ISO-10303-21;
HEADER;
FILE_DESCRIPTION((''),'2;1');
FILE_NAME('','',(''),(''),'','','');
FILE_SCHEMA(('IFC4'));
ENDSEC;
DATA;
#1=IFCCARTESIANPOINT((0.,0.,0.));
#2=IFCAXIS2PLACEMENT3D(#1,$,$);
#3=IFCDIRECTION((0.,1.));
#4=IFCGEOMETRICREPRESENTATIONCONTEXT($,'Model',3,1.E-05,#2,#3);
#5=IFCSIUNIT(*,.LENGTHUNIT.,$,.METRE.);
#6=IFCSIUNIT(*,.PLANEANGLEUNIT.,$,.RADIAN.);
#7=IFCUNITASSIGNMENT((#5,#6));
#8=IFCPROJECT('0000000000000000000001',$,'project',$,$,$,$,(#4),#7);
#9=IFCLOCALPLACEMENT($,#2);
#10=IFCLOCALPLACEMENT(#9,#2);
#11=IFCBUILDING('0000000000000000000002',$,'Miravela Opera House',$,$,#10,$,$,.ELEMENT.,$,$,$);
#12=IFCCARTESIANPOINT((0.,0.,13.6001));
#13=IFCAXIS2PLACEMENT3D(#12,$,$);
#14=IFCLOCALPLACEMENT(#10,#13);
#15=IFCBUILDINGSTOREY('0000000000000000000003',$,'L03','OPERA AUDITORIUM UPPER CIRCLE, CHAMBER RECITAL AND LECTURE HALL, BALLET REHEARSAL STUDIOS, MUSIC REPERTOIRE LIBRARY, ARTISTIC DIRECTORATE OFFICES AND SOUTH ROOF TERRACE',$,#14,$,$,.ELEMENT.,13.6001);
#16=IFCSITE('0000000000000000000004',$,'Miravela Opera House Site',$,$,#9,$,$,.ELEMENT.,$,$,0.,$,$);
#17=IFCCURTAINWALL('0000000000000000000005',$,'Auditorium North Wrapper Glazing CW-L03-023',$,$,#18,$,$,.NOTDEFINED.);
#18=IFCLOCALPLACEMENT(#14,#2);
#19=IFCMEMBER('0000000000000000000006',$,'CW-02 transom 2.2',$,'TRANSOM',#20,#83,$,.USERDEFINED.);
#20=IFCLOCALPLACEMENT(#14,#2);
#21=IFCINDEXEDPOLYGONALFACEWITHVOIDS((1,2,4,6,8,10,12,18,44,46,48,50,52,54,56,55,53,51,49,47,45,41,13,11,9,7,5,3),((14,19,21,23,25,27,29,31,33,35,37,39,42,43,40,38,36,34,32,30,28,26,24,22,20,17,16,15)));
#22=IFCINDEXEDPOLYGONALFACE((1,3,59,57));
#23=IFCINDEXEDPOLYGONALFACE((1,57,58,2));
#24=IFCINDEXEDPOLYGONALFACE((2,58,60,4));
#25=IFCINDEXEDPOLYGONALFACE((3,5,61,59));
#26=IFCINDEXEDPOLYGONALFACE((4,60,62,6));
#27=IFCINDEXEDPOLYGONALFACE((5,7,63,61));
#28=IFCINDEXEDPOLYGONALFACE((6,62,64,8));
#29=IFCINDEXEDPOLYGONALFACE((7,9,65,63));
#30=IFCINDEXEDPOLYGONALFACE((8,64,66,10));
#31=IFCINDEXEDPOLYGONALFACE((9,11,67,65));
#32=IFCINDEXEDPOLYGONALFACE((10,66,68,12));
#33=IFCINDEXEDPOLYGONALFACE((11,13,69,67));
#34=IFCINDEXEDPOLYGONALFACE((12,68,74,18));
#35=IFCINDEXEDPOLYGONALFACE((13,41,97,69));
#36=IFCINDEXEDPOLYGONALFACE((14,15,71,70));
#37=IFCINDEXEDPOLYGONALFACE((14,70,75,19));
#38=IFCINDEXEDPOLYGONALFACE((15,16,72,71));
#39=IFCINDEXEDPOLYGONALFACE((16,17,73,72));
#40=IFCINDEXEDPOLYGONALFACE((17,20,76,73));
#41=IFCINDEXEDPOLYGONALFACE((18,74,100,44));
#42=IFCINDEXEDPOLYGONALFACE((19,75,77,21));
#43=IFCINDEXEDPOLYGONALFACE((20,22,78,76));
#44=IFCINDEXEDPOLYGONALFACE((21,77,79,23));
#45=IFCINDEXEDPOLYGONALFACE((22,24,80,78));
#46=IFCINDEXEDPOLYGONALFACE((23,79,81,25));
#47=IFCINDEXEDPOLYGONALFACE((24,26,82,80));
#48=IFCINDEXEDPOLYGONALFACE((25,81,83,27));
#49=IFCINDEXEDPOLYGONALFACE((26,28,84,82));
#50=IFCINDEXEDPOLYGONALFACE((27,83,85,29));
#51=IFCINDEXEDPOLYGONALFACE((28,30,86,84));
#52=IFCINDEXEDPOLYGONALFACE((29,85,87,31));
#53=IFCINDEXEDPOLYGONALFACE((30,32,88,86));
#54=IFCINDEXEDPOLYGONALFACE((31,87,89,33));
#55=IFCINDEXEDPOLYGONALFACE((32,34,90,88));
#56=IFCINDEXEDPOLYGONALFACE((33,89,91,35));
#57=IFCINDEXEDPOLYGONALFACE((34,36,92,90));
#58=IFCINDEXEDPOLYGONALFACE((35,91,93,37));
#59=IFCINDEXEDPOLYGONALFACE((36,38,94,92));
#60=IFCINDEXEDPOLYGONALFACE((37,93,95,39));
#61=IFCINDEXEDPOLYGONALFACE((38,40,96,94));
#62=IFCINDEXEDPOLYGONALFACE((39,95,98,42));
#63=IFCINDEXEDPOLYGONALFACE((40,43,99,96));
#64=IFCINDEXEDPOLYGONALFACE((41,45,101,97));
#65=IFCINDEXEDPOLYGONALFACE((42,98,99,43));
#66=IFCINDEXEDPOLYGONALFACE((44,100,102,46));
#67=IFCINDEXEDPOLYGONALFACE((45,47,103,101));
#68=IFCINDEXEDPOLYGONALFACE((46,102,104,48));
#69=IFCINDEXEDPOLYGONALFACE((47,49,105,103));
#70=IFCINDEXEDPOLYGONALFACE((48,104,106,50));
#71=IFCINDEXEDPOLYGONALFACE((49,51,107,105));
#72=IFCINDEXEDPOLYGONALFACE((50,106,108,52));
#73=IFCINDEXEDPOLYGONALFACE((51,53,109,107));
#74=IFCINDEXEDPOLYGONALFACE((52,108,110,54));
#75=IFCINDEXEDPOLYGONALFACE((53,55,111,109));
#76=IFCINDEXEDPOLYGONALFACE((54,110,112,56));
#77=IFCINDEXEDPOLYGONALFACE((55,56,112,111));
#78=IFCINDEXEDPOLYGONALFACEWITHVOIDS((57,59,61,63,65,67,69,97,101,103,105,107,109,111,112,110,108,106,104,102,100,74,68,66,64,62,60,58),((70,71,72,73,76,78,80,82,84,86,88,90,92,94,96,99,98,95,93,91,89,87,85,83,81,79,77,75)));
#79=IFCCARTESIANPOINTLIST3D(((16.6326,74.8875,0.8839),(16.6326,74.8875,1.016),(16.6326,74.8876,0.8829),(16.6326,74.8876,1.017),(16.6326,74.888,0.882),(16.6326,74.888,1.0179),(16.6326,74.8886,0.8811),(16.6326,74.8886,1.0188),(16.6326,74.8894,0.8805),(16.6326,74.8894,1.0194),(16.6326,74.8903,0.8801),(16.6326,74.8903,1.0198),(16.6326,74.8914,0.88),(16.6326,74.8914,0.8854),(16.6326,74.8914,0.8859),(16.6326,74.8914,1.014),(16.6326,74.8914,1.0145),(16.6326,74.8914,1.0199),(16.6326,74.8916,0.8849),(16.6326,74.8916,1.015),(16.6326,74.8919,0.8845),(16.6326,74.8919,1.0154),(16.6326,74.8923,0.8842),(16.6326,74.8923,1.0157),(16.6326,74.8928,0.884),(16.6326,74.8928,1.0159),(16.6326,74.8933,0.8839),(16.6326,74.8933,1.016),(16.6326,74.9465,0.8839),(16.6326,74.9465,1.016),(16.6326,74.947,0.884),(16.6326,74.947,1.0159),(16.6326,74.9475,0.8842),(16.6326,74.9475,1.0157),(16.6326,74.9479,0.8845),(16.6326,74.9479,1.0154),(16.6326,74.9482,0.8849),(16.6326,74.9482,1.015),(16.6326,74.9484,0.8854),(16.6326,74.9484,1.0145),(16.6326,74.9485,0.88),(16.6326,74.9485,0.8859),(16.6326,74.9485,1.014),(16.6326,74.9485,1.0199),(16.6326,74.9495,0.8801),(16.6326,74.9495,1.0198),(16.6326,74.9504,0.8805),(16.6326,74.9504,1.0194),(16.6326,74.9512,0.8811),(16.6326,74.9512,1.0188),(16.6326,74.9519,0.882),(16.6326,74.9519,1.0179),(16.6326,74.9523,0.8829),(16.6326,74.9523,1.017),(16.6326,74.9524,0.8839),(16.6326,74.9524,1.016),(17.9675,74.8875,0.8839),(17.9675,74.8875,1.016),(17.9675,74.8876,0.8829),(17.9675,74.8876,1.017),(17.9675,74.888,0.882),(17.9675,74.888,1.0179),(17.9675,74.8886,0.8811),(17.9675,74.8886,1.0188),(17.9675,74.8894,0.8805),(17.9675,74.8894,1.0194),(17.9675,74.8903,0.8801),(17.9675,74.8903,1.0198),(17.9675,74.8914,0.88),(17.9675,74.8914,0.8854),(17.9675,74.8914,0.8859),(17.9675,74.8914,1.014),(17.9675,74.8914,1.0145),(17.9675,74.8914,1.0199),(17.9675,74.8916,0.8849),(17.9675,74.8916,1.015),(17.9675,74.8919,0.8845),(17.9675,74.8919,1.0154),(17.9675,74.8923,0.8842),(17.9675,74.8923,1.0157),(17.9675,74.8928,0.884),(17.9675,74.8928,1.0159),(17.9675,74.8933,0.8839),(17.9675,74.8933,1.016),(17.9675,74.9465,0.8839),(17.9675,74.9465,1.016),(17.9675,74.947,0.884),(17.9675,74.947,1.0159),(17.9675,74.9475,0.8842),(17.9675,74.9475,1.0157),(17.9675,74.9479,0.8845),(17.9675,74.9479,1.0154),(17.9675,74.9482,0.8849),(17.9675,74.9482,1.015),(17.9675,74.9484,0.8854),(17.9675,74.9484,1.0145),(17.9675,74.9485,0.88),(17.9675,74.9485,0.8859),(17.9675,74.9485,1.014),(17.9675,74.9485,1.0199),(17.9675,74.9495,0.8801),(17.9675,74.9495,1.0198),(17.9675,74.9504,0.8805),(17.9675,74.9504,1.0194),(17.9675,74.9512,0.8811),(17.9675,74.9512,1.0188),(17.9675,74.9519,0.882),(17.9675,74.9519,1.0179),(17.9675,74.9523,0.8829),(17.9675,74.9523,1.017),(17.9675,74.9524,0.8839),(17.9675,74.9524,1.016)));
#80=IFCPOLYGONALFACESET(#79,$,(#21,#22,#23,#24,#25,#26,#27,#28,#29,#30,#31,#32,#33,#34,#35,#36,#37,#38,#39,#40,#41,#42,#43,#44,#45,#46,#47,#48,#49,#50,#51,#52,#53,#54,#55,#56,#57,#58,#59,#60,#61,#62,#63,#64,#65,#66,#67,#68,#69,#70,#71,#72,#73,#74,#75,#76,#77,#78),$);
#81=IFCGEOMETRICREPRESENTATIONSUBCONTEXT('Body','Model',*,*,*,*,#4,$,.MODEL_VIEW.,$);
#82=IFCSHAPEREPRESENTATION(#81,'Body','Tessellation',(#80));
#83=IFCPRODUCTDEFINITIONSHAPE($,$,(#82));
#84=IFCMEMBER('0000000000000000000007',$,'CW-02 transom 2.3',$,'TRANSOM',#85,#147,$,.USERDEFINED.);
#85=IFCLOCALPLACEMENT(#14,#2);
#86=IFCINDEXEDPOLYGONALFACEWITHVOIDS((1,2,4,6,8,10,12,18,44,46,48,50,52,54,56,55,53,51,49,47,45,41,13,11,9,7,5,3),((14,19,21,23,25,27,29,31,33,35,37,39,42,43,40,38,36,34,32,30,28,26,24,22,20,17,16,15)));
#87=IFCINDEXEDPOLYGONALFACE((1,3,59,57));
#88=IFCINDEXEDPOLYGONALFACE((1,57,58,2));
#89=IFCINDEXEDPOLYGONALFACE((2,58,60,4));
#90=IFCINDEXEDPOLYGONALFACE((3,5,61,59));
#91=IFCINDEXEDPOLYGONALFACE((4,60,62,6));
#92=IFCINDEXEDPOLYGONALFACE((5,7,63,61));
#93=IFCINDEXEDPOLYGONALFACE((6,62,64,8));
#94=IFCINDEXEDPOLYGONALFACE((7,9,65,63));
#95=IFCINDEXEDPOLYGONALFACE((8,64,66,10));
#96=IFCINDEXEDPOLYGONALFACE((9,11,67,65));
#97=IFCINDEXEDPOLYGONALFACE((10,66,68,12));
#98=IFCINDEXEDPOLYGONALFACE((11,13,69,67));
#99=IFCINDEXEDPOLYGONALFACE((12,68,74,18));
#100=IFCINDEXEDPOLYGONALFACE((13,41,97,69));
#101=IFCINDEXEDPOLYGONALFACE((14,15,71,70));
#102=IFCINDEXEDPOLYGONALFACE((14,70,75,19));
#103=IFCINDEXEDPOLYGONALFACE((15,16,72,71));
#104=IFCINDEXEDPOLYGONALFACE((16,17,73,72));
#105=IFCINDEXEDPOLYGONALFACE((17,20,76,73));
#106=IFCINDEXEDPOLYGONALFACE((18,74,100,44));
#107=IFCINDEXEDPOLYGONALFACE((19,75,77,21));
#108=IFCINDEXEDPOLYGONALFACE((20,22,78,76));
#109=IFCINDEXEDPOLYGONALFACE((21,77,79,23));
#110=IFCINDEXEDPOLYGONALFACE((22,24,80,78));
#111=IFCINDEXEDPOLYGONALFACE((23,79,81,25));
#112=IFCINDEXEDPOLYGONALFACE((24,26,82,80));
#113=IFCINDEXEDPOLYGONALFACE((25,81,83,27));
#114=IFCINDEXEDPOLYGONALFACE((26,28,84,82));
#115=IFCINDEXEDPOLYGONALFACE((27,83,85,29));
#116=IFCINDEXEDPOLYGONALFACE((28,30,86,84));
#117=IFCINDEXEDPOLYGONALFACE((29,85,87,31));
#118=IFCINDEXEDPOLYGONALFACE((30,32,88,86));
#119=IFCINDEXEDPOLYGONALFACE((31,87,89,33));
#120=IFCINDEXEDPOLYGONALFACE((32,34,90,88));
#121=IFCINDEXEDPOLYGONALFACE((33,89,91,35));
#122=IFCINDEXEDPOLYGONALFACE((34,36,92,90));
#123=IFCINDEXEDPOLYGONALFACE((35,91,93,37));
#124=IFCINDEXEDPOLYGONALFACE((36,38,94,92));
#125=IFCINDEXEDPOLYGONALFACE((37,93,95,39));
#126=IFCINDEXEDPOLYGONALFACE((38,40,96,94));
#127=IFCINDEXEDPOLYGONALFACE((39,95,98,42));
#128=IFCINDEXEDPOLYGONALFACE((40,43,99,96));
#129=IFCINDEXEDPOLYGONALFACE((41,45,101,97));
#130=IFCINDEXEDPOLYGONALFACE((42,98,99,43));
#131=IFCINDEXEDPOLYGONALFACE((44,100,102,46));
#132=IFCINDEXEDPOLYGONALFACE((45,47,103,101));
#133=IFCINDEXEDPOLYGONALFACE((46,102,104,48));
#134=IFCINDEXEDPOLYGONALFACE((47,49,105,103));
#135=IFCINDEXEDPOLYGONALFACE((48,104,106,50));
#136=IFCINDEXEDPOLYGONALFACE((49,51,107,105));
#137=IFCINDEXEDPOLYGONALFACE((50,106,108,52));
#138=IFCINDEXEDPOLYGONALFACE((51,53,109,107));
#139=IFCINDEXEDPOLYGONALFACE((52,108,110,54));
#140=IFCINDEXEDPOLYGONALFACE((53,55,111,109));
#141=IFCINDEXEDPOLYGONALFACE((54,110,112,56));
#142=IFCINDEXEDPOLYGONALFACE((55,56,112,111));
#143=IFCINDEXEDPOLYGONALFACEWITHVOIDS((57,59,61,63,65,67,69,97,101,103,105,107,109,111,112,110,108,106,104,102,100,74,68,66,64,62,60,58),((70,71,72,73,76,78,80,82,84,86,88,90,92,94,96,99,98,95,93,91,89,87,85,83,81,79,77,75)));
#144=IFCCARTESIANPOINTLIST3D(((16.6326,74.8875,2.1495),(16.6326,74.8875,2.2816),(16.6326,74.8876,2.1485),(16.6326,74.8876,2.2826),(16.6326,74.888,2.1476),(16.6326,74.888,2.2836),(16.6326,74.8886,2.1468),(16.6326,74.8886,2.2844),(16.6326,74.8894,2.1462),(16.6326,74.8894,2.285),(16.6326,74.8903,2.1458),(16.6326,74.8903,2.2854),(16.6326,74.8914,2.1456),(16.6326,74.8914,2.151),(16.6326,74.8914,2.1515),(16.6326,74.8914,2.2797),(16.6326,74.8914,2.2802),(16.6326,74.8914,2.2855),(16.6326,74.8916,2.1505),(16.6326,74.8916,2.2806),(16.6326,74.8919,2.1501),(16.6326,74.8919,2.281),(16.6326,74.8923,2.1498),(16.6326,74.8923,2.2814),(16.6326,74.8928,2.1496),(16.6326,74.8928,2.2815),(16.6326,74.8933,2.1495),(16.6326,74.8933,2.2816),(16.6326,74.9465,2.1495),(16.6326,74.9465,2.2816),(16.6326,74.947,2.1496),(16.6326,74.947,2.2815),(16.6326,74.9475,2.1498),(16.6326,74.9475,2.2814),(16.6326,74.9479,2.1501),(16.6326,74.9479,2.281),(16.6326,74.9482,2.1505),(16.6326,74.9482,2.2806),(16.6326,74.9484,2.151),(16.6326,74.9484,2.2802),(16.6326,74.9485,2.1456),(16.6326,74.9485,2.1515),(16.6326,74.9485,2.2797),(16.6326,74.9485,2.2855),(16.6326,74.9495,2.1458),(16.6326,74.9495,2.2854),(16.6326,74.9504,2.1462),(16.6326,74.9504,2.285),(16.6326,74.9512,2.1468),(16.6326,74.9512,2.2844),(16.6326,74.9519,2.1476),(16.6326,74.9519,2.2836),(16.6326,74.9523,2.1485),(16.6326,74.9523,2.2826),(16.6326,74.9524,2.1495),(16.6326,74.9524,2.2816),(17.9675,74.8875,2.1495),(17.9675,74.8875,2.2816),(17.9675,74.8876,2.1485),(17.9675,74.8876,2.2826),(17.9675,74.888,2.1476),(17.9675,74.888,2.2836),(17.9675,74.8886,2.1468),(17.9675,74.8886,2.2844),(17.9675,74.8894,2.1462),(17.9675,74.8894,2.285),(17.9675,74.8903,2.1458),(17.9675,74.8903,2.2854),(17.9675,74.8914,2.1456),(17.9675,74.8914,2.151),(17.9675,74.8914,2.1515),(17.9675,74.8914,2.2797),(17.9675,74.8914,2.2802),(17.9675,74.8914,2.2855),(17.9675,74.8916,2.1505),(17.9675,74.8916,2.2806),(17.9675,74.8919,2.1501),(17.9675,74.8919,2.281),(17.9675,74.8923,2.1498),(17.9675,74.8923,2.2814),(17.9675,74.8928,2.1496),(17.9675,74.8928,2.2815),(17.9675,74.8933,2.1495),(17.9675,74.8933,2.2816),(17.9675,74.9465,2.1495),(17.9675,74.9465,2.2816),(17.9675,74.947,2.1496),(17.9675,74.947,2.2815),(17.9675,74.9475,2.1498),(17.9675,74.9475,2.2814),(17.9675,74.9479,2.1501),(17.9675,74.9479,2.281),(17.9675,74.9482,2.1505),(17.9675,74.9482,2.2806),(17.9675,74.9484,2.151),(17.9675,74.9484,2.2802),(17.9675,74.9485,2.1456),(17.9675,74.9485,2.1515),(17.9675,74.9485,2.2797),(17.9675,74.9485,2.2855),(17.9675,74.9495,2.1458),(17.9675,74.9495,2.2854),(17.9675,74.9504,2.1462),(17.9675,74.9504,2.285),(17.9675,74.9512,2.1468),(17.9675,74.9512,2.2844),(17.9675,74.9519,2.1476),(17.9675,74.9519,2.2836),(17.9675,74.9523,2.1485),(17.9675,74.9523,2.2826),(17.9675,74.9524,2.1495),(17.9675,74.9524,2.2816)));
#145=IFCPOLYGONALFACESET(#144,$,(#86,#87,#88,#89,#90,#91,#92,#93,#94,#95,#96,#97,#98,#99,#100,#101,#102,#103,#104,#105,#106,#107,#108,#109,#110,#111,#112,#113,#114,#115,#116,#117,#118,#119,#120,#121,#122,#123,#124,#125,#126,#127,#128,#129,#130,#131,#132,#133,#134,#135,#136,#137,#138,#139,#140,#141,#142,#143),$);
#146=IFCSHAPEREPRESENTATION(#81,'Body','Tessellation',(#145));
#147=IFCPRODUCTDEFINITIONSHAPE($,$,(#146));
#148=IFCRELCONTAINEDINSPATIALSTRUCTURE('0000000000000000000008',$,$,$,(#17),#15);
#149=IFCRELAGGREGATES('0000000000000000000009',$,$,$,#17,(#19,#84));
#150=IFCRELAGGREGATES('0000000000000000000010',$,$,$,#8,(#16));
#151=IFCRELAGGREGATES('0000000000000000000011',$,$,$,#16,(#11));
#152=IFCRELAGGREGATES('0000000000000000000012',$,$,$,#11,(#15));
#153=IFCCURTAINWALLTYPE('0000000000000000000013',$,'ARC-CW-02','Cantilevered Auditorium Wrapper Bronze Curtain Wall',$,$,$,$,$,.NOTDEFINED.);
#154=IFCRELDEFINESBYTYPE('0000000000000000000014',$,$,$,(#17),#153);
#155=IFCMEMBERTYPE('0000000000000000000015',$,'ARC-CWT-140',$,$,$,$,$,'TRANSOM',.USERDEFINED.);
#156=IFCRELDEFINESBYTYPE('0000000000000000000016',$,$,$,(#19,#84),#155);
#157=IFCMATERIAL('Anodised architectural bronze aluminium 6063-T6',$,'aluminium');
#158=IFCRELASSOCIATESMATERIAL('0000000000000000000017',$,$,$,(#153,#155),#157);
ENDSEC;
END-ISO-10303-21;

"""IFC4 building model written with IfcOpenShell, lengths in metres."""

from ifc_helpers import new_model, si_unit, direction, frame, origin, origin_2d, place, context, subcontext, project, spatial, hollow_rectangle, extrude, material, material_profile, profile_set, type_object, element, aggregate, save


model = new_model("IFC4")

# Units and contexts
model_context = context("Model", 3, precision=1e-05, world=origin(), true_north=direction((0.0, 1.0)))
body_context = subcontext(model_context, "Body", "Model", "MODEL_VIEW")
ifc_project = project(units=[si_unit("LENGTHUNIT", "METRE"), si_unit("PLANEANGLEUNIT", "RADIAN")], contexts=[model_context])

# Site, building, storey
site_placement = place(None, origin())
site = spatial("IfcSite", under=ifc_project, at=site_placement, Name="Miravela Opera House Site", CompositionType="ELEMENT", RefElevation=0.0)
building_placement = place(site_placement, origin())
building = spatial("IfcBuilding", under=site, at=building_placement, Name="Miravela Opera House", CompositionType="ELEMENT")
storey_placement = place(building_placement, frame((0.0, 0.0, 13.6001)))
storey = spatial("IfcBuildingStorey", under=building, at=storey_placement, Name="L03", Description="OPERA AUDITORIUM UPPER CIRCLE, CHAMBER RECITAL AND LECTURE HALL, BALLET REHEARSAL STUDIOS, MUSIC REPERTOIRE LIBRARY, ARTISTIC DIRECTORATE OFFICES AND SOUTH ROOF TERRACE", CompositionType="ELEMENT", Elevation=13.6001)

# Curtain wall, members
ifc_material_1 = material(Name="Anodised architectural bronze aluminium 6063-T6", Category="aluminium")
curtain_wall_type = type_object("IfcCurtainWallType", Name="ARC-CW-02", Description="Cantilevered Auditorium Wrapper Bronze Curtain Wall", PredefinedType="NOTDEFINED", material=ifc_material_1)
curtain_wall_placement = place(storey_placement, origin())
curtain_wall = element("IfcCurtainWall", 1, at=curtain_wall_placement, inside=storey, type_object=curtain_wall_type, Name="Auditorium North Wrapper Glazing CW-L03-023", PredefinedType="NOTDEFINED")
ifc_material_profile_1 = material_profile(ifc_material_1, hollow_rectangle(XDim=0.0649, YDim=0.1399, WallThickness=0.0039, InnerFilletRadius=0.002, OuterFilletRadius=0.0039, at=origin_2d()), Name="CWT-65X140")
ifc_profile_set_1 = profile_set([ifc_material_profile_1])
member_type_1 = type_object("IfcMemberType", Name="ARC-CWT-140", ElementType="TRANSOM", PredefinedType="USERDEFINED", material=ifc_profile_set_1)
member_1_placement = place(storey_placement, frame((16.6326, 74.9199, 0.95), z_axis=(1.0, 0.0, 0.0), x_axis=(0.0, 1.0, 0.0)))
member_1 = element("IfcMember", 2, at=member_1_placement, type_object=member_type_1, Name="CW-02 transom 2.2", ObjectType="TRANSOM", PredefinedType="USERDEFINED", context=body_context, shape_type="SweptSolid", body=[
    extrude(hollow_rectangle(XDim=0.0649, YDim=0.1399, WallThickness=0.0039, InnerFilletRadius=0.002, OuterFilletRadius=0.0039, at=origin_2d()), origin(), (0.0, 0.0, 1.0), 1.335),
])
member_2_placement = place(storey_placement, frame((16.6326, 74.9199, 2.2156), z_axis=(1.0, 0.0, 0.0), x_axis=(0.0, 1.0, 0.0)))
member_2 = element("IfcMember", 3, at=member_2_placement, type_object=member_type_1, Name="CW-02 transom 2.3", ObjectType="TRANSOM", PredefinedType="USERDEFINED", context=body_context, shape_type="SweptSolid", body=[
    extrude(hollow_rectangle(XDim=0.0649, YDim=0.1399, WallThickness=0.0039, InnerFilletRadius=0.002, OuterFilletRadius=0.0039, at=origin_2d()), origin(), (0.0, 0.0, 1.0), 1.335),
])
aggregate(curtain_wall, [member_1, member_2])

save(model, "model.ifc")
